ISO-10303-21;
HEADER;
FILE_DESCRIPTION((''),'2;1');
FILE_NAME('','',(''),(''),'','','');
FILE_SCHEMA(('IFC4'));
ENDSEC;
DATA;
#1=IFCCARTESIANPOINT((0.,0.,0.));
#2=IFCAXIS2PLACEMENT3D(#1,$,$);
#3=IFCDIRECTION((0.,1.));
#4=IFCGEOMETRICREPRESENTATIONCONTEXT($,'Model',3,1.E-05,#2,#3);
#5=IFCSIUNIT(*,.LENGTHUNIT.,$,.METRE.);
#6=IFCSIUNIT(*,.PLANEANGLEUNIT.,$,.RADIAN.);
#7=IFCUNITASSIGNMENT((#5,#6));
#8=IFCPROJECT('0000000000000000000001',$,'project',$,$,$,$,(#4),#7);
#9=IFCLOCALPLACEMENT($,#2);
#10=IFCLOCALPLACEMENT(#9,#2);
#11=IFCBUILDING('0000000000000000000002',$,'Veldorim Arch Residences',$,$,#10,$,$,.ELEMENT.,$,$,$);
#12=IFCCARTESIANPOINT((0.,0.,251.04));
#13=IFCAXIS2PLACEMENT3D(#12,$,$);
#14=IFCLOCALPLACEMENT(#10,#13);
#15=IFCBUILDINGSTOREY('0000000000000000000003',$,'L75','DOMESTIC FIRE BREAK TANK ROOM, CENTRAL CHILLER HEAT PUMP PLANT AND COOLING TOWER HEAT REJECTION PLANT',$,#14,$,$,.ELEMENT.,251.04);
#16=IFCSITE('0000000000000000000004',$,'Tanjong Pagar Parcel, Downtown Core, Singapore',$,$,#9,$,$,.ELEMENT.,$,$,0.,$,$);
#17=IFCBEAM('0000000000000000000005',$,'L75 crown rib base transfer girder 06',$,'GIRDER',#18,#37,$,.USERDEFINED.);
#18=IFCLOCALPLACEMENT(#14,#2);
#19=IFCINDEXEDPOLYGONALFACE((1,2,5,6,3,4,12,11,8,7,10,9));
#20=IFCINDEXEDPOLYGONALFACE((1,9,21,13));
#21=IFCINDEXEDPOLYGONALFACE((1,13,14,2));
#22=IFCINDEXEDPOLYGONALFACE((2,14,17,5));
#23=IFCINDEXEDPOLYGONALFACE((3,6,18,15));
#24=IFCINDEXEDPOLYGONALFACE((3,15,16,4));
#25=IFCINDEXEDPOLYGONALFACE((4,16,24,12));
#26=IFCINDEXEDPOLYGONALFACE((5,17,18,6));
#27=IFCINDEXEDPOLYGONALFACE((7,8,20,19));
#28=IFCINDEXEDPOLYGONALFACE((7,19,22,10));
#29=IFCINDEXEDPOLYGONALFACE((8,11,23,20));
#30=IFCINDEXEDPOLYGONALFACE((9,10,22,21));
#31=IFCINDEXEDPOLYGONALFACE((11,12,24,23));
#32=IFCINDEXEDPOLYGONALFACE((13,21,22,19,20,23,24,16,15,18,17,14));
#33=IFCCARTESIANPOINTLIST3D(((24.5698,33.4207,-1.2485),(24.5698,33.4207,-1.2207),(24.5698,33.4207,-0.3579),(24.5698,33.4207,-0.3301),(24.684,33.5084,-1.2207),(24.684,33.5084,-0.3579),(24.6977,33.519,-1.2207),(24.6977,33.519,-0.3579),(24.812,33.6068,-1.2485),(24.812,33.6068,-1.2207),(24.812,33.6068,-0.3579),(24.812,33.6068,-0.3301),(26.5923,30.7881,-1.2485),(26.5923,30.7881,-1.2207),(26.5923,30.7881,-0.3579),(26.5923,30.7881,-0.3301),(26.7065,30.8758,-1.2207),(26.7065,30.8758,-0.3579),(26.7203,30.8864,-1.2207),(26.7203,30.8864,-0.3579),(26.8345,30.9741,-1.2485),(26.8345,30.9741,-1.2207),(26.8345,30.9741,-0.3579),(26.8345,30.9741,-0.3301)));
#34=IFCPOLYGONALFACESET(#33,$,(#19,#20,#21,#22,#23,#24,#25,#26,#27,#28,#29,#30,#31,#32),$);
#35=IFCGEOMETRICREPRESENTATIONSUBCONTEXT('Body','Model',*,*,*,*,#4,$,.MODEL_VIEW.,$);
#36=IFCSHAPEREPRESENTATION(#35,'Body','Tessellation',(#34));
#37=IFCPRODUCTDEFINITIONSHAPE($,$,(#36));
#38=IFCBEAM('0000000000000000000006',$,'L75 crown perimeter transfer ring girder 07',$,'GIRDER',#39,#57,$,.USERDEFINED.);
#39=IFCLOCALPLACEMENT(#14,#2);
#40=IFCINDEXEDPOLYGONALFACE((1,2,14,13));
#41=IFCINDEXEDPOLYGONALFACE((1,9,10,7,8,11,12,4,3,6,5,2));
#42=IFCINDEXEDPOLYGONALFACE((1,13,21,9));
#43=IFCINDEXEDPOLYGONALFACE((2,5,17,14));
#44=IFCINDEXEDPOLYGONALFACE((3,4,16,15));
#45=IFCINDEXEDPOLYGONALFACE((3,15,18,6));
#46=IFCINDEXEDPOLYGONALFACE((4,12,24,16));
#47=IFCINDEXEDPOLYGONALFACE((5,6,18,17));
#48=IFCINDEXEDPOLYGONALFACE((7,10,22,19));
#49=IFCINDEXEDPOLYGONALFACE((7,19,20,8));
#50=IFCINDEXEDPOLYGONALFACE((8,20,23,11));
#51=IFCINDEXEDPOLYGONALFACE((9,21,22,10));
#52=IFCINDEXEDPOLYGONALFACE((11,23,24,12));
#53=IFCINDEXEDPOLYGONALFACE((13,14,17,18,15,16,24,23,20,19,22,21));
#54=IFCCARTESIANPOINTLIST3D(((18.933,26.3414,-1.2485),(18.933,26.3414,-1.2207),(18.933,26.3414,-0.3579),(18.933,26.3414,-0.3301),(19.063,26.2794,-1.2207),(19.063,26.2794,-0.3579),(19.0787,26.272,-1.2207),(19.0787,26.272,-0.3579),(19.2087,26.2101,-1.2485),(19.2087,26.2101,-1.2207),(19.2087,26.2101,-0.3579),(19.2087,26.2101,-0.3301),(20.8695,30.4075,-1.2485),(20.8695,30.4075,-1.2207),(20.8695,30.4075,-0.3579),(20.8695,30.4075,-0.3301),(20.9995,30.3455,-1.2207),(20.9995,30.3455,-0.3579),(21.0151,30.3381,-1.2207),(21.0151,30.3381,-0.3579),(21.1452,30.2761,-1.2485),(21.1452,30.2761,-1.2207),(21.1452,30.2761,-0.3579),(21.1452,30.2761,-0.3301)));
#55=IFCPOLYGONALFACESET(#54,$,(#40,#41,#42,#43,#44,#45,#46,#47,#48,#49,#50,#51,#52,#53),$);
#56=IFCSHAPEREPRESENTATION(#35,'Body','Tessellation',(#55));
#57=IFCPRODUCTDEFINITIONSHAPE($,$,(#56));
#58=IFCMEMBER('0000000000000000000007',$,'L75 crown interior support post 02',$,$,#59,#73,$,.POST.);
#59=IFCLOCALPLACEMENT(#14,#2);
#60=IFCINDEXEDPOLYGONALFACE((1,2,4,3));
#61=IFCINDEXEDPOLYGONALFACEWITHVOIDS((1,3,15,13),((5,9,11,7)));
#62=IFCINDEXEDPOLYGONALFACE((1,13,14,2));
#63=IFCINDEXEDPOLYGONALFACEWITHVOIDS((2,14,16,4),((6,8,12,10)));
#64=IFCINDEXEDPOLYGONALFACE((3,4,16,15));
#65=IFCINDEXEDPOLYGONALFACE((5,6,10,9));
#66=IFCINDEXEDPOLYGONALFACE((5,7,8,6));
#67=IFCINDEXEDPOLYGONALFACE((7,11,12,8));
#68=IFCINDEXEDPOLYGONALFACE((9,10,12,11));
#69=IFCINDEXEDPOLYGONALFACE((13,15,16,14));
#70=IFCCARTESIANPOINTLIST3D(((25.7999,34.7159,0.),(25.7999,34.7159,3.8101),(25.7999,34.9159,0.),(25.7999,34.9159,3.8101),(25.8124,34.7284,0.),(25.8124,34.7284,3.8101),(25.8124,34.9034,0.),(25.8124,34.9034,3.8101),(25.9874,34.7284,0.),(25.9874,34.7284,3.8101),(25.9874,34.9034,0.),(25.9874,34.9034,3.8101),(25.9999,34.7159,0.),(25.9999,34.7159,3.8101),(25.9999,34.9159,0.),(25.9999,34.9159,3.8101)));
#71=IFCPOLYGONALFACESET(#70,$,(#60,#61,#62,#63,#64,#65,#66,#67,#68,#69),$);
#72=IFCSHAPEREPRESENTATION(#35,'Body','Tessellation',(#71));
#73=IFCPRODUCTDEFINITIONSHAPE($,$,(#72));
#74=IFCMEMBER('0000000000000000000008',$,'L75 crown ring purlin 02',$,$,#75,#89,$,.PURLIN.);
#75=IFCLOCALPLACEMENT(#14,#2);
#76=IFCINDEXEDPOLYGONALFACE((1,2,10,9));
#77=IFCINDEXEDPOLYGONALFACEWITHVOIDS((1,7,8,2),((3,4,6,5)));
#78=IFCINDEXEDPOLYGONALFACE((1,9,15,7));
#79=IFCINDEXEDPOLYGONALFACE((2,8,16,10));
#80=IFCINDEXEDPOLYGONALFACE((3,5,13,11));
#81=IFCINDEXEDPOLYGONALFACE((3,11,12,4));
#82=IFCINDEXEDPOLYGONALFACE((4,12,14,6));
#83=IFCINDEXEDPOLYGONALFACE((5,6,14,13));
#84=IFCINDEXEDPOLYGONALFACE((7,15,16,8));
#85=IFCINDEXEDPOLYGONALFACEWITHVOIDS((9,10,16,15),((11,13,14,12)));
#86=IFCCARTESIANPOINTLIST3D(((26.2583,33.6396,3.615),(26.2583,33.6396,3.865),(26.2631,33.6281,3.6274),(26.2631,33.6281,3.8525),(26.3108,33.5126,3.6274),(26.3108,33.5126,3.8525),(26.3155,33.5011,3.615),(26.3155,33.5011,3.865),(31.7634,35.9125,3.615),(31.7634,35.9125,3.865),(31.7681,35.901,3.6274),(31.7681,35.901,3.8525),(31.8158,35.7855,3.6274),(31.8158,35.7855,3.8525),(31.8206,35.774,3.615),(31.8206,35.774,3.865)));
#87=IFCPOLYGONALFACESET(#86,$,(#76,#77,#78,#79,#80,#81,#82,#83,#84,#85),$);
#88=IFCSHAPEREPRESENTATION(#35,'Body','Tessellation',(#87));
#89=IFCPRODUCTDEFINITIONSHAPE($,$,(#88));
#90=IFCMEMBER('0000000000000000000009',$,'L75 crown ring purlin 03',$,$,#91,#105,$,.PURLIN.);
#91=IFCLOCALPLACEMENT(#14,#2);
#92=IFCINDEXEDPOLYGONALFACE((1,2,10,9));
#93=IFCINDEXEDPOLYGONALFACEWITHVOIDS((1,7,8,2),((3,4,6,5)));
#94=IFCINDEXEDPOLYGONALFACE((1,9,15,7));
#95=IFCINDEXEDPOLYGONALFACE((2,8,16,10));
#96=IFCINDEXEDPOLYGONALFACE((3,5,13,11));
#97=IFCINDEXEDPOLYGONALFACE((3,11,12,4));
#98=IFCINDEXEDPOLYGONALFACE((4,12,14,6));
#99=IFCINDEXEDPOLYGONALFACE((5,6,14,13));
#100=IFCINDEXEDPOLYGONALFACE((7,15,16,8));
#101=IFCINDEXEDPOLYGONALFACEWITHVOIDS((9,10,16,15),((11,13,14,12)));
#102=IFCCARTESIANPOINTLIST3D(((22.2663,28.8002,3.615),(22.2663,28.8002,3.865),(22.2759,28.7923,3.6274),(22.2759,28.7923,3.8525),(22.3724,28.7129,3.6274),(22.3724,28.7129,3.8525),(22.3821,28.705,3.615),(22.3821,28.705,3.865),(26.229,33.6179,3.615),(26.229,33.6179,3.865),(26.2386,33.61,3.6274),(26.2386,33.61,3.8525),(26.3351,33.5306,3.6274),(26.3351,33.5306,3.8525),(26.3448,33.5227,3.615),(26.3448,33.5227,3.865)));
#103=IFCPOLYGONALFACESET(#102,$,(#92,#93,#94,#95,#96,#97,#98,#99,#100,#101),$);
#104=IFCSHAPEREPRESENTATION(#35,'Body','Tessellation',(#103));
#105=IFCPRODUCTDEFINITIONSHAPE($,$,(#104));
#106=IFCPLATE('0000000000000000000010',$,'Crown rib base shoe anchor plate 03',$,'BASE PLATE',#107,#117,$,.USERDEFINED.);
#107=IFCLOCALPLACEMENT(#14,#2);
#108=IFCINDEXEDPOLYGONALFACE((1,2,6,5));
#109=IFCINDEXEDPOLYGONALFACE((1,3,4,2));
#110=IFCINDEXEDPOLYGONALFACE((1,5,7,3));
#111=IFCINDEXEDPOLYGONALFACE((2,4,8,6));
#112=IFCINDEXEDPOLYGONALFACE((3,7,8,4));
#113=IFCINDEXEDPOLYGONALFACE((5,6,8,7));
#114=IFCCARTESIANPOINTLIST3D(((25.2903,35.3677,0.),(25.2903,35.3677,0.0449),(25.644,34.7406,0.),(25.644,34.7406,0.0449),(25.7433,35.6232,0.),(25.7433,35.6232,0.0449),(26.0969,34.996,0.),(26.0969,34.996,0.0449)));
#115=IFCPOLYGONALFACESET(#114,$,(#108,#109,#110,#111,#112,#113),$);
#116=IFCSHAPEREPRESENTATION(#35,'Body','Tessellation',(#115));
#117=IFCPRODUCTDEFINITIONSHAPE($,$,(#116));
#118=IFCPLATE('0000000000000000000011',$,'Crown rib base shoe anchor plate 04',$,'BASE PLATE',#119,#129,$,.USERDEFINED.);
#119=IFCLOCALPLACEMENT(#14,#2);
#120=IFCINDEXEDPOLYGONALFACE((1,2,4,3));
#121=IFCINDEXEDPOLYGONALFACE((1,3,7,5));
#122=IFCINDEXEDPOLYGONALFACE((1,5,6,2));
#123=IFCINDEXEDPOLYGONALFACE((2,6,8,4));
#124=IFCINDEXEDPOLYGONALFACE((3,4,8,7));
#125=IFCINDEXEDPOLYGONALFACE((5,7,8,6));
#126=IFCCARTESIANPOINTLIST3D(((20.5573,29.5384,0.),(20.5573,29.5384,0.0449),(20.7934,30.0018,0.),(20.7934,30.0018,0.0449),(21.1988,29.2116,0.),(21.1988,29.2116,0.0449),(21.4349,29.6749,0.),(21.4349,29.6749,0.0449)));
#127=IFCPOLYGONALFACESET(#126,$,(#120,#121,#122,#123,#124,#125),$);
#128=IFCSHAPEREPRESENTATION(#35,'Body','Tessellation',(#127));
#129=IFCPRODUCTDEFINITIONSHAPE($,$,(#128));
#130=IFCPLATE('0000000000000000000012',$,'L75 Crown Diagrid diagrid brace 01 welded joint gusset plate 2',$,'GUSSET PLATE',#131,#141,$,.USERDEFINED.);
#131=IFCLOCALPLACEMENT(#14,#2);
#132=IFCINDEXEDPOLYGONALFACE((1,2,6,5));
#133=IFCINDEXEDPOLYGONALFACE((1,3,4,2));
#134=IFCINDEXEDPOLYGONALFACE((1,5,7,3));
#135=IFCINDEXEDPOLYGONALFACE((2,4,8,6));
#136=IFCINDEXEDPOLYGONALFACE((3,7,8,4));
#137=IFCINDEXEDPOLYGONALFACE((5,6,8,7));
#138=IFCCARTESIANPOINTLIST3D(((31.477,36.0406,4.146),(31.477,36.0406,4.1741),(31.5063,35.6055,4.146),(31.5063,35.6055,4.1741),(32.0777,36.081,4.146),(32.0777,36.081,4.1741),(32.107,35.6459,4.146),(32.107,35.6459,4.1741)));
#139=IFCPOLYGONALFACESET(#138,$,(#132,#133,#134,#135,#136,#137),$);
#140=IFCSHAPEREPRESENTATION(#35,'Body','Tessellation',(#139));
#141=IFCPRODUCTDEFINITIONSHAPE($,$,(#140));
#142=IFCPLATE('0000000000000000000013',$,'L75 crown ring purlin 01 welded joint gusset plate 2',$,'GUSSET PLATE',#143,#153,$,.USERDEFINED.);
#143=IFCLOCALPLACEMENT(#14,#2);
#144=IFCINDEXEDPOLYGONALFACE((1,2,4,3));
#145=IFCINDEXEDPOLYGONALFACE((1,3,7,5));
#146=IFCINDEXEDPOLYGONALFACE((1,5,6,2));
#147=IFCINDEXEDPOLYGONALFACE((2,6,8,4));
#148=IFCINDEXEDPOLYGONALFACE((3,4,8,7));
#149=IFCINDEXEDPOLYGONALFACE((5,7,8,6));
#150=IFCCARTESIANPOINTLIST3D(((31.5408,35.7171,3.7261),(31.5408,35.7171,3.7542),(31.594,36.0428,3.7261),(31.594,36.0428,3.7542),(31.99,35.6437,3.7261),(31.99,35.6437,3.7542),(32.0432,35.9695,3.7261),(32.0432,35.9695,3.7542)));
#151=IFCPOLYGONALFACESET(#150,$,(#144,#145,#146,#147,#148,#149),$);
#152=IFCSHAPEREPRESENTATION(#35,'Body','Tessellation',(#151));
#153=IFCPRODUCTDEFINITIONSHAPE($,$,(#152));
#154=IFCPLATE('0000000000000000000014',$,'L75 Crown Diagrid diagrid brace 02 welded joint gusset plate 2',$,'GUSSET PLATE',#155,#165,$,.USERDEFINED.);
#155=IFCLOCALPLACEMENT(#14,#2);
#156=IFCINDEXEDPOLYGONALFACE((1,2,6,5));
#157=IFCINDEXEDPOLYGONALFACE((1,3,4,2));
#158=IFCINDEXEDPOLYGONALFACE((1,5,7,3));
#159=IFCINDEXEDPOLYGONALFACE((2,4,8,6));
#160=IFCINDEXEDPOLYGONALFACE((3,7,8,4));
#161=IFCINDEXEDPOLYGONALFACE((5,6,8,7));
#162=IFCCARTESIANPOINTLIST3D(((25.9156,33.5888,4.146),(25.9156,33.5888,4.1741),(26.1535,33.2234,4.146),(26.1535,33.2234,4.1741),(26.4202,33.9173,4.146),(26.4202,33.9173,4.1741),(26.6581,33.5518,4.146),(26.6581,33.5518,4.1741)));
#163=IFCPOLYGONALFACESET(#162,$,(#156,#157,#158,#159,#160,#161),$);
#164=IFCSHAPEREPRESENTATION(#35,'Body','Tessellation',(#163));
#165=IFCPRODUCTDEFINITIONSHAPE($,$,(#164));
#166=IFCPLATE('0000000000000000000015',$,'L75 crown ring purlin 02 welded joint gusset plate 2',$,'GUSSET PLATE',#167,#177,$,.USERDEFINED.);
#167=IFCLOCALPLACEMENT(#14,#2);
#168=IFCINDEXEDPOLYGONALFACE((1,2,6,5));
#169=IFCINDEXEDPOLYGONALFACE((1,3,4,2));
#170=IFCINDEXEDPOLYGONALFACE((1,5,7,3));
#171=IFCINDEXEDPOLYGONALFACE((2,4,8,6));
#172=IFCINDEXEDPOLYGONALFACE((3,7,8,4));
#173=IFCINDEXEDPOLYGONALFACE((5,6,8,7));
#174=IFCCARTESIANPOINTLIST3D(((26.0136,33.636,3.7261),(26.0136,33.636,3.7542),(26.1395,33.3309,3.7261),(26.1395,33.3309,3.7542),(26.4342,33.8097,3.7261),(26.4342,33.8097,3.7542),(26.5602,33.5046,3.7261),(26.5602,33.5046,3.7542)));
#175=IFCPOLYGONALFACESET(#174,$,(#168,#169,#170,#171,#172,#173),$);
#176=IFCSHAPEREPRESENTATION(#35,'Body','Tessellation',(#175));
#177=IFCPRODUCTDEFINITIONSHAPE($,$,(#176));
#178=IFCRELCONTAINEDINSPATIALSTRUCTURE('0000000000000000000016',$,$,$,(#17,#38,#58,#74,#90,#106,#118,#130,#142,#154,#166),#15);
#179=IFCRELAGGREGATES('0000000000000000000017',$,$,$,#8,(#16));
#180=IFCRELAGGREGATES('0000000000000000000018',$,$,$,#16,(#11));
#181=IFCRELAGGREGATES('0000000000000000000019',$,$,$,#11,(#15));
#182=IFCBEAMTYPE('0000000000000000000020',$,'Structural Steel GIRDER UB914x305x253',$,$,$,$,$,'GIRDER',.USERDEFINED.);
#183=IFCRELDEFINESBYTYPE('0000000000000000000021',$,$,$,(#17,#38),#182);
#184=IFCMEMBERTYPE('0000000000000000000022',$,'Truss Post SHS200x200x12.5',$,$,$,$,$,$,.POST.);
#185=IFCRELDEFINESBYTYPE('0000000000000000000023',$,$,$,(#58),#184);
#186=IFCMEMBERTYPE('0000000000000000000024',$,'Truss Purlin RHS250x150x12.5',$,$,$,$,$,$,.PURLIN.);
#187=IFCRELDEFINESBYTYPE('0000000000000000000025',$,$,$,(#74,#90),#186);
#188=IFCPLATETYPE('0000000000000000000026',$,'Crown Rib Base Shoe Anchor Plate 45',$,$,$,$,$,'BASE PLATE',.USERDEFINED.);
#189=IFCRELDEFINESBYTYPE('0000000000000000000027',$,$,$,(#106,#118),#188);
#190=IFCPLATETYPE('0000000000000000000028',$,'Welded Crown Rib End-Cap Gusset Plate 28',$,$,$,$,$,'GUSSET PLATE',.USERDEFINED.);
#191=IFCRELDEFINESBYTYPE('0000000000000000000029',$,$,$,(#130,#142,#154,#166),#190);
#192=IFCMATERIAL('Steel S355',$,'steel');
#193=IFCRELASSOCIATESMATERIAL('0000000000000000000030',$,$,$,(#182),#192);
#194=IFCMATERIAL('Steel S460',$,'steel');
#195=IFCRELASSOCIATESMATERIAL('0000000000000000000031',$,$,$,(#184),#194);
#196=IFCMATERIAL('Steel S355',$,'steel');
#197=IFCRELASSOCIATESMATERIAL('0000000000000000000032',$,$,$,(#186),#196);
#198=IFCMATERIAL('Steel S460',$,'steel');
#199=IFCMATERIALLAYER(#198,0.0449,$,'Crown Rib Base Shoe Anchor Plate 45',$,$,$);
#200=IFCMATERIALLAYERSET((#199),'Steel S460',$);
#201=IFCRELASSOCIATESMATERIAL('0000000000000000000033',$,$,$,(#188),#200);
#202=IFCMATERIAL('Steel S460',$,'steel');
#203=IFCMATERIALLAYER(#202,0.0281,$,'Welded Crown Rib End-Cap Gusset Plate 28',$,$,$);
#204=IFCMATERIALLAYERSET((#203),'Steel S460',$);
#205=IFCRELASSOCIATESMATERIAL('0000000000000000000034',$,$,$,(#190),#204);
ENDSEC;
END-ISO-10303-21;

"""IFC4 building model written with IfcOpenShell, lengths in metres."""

from ifc_helpers import new_model, si_unit, direction, frame, origin, origin_2d, place, context, subcontext, project, spatial, rectangle, hollow_rectangle, i_section, extrude, material, layer, layer_set, material_profile, profile_set, type_object, element, save


model = new_model("IFC4")

# Units and contexts
model_context = context("Model", 3, precision=1e-05, world=origin(), true_north=direction((0.0, 1.0)))
body_context = subcontext(model_context, "Body", "Model", "MODEL_VIEW")
ifc_project = project(units=[si_unit("LENGTHUNIT", "METRE"), si_unit("PLANEANGLEUNIT", "RADIAN")], contexts=[model_context])

# Site, building, storey
site_placement = place(None, origin())
site = spatial("IfcSite", under=ifc_project, at=site_placement, Name="Tanjong Pagar Parcel, Downtown Core, Singapore", CompositionType="ELEMENT", RefElevation=0.0)
building_placement = place(site_placement, origin())
building = spatial("IfcBuilding", under=site, at=building_placement, Name="Veldorim Arch Residences", CompositionType="ELEMENT")
storey_placement = place(building_placement, frame((0.0, 0.0, 251.04)))
storey = spatial("IfcBuildingStorey", under=building, at=storey_placement, Name="L75", Description="DOMESTIC FIRE BREAK TANK ROOM, CENTRAL CHILLER HEAT PUMP PLANT AND COOLING TOWER HEAT REJECTION PLANT", CompositionType="ELEMENT", Elevation=251.04)

# Beams
ifc_material_1 = material(Name="Steel S355", Category="steel")
ifc_material_profile_1 = material_profile(ifc_material_1, i_section(OverallWidth=0.3054, OverallDepth=0.9185, WebThickness=0.0173, FlangeThickness=0.0278, at=origin_2d()), Name="UB914x305x253")
ifc_profile_set_1 = profile_set([ifc_material_profile_1], Name="Steel S355")
beam_type = type_object("IfcBeamType", Name="Structural Steel GIRDER UB914x305x253", ElementType="GIRDER", PredefinedType="USERDEFINED", material=ifc_profile_set_1)
beam_1_placement = place(storey_placement, frame((26.7134, 30.8811, -0.7893), z_axis=(-0.60922, 0.793001, 0.0), x_axis=(-0.793001, -0.60922, 0.0)))
element("IfcBeam", 1, at=beam_1_placement, inside=storey, type_object=beam_type, Name="L75 crown rib base transfer girder 06", ObjectType="GIRDER", PredefinedType="USERDEFINED", context=body_context, shape_type="SweptSolid", body=[
    extrude(i_section(OverallWidth=0.3054, OverallDepth=0.9185, WebThickness=0.0173, FlangeThickness=0.0278, at=origin_2d()), origin(), (0.0, 0.0, 1.0), 3.3198),
])
beam_2_placement = place(storey_placement, frame((21.0073, 30.3418, -0.7893), z_axis=(-0.42998, -0.902838, 0.0), x_axis=(0.902838, -0.42998, 0.0)))
element("IfcBeam", 2, at=beam_2_placement, inside=storey, type_object=beam_type, Name="L75 crown perimeter transfer ring girder 07", ObjectType="GIRDER", PredefinedType="USERDEFINED", context=body_context, shape_type="SweptSolid", body=[
    extrude(i_section(OverallWidth=0.3054, OverallDepth=0.9185, WebThickness=0.0173, FlangeThickness=0.0278, at=origin_2d()), origin(), (0.0, 0.0, 1.0), 4.5037),
])

# Members
ifc_material_2 = material(Name="Steel S460", Category="steel")
ifc_material_profile_2 = material_profile(ifc_material_2, hollow_rectangle(XDim=0.2, YDim=0.2, WallThickness=0.0125, at=origin_2d()), Name="SHS200x200x12.5")
ifc_profile_set_2 = profile_set([ifc_material_profile_2], Name="Steel S460")
member_type_1 = type_object("IfcMemberType", Name="Truss Post SHS200x200x12.5", PredefinedType="POST", material=ifc_profile_set_2)
member_1_placement = place(storey_placement, frame((25.8999, 34.8159, 0.0), z_axis=(0.0, 0.0, 1.0), x_axis=(1.0, 0.0, 0.0)))
element("IfcMember", 3, at=member_1_placement, inside=storey, type_object=member_type_1, Name="L75 crown interior support post 02", PredefinedType="POST", context=body_context, shape_type="SweptSolid", body=[
    extrude(hollow_rectangle(XDim=0.2, YDim=0.2, WallThickness=0.0125, at=origin_2d()), origin(), (0.0, 0.0, 1.0), 3.8101),
])
ifc_material_3 = material(Name="Steel S355", Category="steel")
ifc_material_profile_3 = material_profile(ifc_material_3, hollow_rectangle(XDim=0.1499, YDim=0.25, WallThickness=0.0125, at=origin_2d()), Name="RHS250x150x12.5")
ifc_profile_set_3 = profile_set([ifc_material_profile_3], Name="Steel S355")
member_type_2 = type_object("IfcMemberType", Name="Truss Purlin RHS250x150x12.5", PredefinedType="PURLIN", material=ifc_profile_set_3)
member_2_placement = place(storey_placement, frame((31.792, 35.8433, 3.74), z_axis=(-0.924315, -0.38163, 0.0), x_axis=(0.38163, -0.924315, 0.0)))
element("IfcMember", 4, at=member_2_placement, inside=storey, type_object=member_type_2, Name="L75 crown ring purlin 02", PredefinedType="PURLIN", context=body_context, shape_type="SweptSolid", body=[
    extrude(hollow_rectangle(XDim=0.1499, YDim=0.25, WallThickness=0.0125, at=origin_2d()), origin(), (0.0, 0.0, 1.0), 5.9558),
])
member_3_placement = place(storey_placement, frame((26.2869, 33.5703, 3.74), z_axis=(-0.635248, -0.772309, 0.0), x_axis=(0.772309, -0.635248, 0.0)))
element("IfcMember", 5, at=member_3_placement, inside=storey, type_object=member_type_2, Name="L75 crown ring purlin 03", PredefinedType="PURLIN", context=body_context, shape_type="SweptSolid", body=[
    extrude(hollow_rectangle(XDim=0.1499, YDim=0.25, WallThickness=0.0125, at=origin_2d()), origin(), (0.0, 0.0, 1.0), 6.238),
])

# Plates
ifc_material_4 = material(Name="Steel S460", Category="steel")
ifc_layer_1 = layer(ifc_material_4, 0.0449, Name="Crown Rib Base Shoe Anchor Plate 45")
ifc_layer_set_1 = layer_set([ifc_layer_1], Name="Steel S460")
plate_type_1 = type_object("IfcPlateType", Name="Crown Rib Base Shoe Anchor Plate 45", ElementType="BASE PLATE", PredefinedType="USERDEFINED", material=ifc_layer_set_1)
for number, where, z_axis, x_axis, name in (
    (6, (25.6936, 35.1819, 0.0), (0.0, 0.0, 1.0), (-0.491208, 0.871042, 0.0), "Crown rib base shoe anchor plate 03"),
    (7, (20.9961, 29.6067, 0.0), (0.0, 0.0, 1.0), (-0.891007, 0.45399, 0.0), "Crown rib base shoe anchor plate 04"),
):
    element("IfcPlate", number, at=place(storey_placement, frame(where, z_axis=z_axis, x_axis=x_axis)), inside=storey, type_object=plate_type_1, Name=name, ObjectType="BASE PLATE", PredefinedType="USERDEFINED", context=body_context, shape_type="SweptSolid", body=[
        extrude(rectangle(XDim=0.72, YDim=0.52, at=origin_2d()), origin(), (0.0, 0.0, 1.0), 0.0449),
    ])
ifc_material_5 = material(Name="Steel S460", Category="steel")
ifc_layer_2 = layer(ifc_material_5, 0.0281, Name="Welded Crown Rib End-Cap Gusset Plate 28")
ifc_layer_set_2 = layer_set([ifc_layer_2], Name="Steel S460")
plate_type_2 = type_object("IfcPlateType", Name="Welded Crown Rib End-Cap Gusset Plate 28", ElementType="GUSSET PLATE", PredefinedType="USERDEFINED", material=ifc_layer_set_2)
plate_1_placement = place(storey_placement, frame((31.792, 35.8433, 4.146), z_axis=(0.0, 0.0, 1.0), x_axis=(-0.997744, -0.067127, 0.0)))
element("IfcPlate", 8, at=plate_1_placement, inside=storey, type_object=plate_type_2, Name="L75 Crown Diagrid diagrid brace 01 welded joint gusset plate 2", ObjectType="GUSSET PLATE", PredefinedType="USERDEFINED", context=body_context, shape_type="SweptSolid", body=[
    extrude(rectangle(XDim=0.6021, YDim=0.436, at=origin_2d()), origin(), (0.0, 0.0, 1.0), 0.0281),
])
plate_2_placement = place(storey_placement, frame((31.792, 35.8433, 3.7261), z_axis=(0.0, 0.0, 1.0), x_axis=(-0.986926, 0.161173, 0.0)))
element("IfcPlate", 9, at=plate_2_placement, inside=storey, type_object=plate_type_2, Name="L75 crown ring purlin 01 welded joint gusset plate 2", ObjectType="GUSSET PLATE", PredefinedType="USERDEFINED", context=body_context, shape_type="SweptSolid", body=[
    extrude(rectangle(XDim=0.4551, YDim=0.3301, at=origin_2d()), origin(), (0.0, 0.0, 1.0), 0.0281),
])
plate_3_placement = place(storey_placement, frame((26.2869, 33.5703, 4.146), z_axis=(0.0, 0.0, 1.0), x_axis=(-0.838071, -0.545561, 0.0)))
element("IfcPlate", 10, at=plate_3_placement, inside=storey, type_object=plate_type_2, Name="L75 Crown Diagrid diagrid brace 02 welded joint gusset plate 2", ObjectType="GUSSET PLATE", PredefinedType="USERDEFINED", context=body_context, shape_type="SweptSolid", body=[
    extrude(rectangle(XDim=0.6021, YDim=0.436, at=origin_2d()), origin(), (0.0, 0.0, 1.0), 0.0281),
])
plate_4_placement = place(storey_placement, frame((26.2869, 33.5703, 3.7261), z_axis=(0.0, 0.0, 1.0), x_axis=(-0.92432, -0.381619, 0.0)))
element("IfcPlate", 11, at=plate_4_placement, inside=storey, type_object=plate_type_2, Name="L75 crown ring purlin 02 welded joint gusset plate 2", ObjectType="GUSSET PLATE", PredefinedType="USERDEFINED", context=body_context, shape_type="SweptSolid", body=[
    extrude(rectangle(XDim=0.4551, YDim=0.3301, at=origin_2d()), origin(), (0.0, 0.0, 1.0), 0.0281),
])

save(model, "model.ifc")
